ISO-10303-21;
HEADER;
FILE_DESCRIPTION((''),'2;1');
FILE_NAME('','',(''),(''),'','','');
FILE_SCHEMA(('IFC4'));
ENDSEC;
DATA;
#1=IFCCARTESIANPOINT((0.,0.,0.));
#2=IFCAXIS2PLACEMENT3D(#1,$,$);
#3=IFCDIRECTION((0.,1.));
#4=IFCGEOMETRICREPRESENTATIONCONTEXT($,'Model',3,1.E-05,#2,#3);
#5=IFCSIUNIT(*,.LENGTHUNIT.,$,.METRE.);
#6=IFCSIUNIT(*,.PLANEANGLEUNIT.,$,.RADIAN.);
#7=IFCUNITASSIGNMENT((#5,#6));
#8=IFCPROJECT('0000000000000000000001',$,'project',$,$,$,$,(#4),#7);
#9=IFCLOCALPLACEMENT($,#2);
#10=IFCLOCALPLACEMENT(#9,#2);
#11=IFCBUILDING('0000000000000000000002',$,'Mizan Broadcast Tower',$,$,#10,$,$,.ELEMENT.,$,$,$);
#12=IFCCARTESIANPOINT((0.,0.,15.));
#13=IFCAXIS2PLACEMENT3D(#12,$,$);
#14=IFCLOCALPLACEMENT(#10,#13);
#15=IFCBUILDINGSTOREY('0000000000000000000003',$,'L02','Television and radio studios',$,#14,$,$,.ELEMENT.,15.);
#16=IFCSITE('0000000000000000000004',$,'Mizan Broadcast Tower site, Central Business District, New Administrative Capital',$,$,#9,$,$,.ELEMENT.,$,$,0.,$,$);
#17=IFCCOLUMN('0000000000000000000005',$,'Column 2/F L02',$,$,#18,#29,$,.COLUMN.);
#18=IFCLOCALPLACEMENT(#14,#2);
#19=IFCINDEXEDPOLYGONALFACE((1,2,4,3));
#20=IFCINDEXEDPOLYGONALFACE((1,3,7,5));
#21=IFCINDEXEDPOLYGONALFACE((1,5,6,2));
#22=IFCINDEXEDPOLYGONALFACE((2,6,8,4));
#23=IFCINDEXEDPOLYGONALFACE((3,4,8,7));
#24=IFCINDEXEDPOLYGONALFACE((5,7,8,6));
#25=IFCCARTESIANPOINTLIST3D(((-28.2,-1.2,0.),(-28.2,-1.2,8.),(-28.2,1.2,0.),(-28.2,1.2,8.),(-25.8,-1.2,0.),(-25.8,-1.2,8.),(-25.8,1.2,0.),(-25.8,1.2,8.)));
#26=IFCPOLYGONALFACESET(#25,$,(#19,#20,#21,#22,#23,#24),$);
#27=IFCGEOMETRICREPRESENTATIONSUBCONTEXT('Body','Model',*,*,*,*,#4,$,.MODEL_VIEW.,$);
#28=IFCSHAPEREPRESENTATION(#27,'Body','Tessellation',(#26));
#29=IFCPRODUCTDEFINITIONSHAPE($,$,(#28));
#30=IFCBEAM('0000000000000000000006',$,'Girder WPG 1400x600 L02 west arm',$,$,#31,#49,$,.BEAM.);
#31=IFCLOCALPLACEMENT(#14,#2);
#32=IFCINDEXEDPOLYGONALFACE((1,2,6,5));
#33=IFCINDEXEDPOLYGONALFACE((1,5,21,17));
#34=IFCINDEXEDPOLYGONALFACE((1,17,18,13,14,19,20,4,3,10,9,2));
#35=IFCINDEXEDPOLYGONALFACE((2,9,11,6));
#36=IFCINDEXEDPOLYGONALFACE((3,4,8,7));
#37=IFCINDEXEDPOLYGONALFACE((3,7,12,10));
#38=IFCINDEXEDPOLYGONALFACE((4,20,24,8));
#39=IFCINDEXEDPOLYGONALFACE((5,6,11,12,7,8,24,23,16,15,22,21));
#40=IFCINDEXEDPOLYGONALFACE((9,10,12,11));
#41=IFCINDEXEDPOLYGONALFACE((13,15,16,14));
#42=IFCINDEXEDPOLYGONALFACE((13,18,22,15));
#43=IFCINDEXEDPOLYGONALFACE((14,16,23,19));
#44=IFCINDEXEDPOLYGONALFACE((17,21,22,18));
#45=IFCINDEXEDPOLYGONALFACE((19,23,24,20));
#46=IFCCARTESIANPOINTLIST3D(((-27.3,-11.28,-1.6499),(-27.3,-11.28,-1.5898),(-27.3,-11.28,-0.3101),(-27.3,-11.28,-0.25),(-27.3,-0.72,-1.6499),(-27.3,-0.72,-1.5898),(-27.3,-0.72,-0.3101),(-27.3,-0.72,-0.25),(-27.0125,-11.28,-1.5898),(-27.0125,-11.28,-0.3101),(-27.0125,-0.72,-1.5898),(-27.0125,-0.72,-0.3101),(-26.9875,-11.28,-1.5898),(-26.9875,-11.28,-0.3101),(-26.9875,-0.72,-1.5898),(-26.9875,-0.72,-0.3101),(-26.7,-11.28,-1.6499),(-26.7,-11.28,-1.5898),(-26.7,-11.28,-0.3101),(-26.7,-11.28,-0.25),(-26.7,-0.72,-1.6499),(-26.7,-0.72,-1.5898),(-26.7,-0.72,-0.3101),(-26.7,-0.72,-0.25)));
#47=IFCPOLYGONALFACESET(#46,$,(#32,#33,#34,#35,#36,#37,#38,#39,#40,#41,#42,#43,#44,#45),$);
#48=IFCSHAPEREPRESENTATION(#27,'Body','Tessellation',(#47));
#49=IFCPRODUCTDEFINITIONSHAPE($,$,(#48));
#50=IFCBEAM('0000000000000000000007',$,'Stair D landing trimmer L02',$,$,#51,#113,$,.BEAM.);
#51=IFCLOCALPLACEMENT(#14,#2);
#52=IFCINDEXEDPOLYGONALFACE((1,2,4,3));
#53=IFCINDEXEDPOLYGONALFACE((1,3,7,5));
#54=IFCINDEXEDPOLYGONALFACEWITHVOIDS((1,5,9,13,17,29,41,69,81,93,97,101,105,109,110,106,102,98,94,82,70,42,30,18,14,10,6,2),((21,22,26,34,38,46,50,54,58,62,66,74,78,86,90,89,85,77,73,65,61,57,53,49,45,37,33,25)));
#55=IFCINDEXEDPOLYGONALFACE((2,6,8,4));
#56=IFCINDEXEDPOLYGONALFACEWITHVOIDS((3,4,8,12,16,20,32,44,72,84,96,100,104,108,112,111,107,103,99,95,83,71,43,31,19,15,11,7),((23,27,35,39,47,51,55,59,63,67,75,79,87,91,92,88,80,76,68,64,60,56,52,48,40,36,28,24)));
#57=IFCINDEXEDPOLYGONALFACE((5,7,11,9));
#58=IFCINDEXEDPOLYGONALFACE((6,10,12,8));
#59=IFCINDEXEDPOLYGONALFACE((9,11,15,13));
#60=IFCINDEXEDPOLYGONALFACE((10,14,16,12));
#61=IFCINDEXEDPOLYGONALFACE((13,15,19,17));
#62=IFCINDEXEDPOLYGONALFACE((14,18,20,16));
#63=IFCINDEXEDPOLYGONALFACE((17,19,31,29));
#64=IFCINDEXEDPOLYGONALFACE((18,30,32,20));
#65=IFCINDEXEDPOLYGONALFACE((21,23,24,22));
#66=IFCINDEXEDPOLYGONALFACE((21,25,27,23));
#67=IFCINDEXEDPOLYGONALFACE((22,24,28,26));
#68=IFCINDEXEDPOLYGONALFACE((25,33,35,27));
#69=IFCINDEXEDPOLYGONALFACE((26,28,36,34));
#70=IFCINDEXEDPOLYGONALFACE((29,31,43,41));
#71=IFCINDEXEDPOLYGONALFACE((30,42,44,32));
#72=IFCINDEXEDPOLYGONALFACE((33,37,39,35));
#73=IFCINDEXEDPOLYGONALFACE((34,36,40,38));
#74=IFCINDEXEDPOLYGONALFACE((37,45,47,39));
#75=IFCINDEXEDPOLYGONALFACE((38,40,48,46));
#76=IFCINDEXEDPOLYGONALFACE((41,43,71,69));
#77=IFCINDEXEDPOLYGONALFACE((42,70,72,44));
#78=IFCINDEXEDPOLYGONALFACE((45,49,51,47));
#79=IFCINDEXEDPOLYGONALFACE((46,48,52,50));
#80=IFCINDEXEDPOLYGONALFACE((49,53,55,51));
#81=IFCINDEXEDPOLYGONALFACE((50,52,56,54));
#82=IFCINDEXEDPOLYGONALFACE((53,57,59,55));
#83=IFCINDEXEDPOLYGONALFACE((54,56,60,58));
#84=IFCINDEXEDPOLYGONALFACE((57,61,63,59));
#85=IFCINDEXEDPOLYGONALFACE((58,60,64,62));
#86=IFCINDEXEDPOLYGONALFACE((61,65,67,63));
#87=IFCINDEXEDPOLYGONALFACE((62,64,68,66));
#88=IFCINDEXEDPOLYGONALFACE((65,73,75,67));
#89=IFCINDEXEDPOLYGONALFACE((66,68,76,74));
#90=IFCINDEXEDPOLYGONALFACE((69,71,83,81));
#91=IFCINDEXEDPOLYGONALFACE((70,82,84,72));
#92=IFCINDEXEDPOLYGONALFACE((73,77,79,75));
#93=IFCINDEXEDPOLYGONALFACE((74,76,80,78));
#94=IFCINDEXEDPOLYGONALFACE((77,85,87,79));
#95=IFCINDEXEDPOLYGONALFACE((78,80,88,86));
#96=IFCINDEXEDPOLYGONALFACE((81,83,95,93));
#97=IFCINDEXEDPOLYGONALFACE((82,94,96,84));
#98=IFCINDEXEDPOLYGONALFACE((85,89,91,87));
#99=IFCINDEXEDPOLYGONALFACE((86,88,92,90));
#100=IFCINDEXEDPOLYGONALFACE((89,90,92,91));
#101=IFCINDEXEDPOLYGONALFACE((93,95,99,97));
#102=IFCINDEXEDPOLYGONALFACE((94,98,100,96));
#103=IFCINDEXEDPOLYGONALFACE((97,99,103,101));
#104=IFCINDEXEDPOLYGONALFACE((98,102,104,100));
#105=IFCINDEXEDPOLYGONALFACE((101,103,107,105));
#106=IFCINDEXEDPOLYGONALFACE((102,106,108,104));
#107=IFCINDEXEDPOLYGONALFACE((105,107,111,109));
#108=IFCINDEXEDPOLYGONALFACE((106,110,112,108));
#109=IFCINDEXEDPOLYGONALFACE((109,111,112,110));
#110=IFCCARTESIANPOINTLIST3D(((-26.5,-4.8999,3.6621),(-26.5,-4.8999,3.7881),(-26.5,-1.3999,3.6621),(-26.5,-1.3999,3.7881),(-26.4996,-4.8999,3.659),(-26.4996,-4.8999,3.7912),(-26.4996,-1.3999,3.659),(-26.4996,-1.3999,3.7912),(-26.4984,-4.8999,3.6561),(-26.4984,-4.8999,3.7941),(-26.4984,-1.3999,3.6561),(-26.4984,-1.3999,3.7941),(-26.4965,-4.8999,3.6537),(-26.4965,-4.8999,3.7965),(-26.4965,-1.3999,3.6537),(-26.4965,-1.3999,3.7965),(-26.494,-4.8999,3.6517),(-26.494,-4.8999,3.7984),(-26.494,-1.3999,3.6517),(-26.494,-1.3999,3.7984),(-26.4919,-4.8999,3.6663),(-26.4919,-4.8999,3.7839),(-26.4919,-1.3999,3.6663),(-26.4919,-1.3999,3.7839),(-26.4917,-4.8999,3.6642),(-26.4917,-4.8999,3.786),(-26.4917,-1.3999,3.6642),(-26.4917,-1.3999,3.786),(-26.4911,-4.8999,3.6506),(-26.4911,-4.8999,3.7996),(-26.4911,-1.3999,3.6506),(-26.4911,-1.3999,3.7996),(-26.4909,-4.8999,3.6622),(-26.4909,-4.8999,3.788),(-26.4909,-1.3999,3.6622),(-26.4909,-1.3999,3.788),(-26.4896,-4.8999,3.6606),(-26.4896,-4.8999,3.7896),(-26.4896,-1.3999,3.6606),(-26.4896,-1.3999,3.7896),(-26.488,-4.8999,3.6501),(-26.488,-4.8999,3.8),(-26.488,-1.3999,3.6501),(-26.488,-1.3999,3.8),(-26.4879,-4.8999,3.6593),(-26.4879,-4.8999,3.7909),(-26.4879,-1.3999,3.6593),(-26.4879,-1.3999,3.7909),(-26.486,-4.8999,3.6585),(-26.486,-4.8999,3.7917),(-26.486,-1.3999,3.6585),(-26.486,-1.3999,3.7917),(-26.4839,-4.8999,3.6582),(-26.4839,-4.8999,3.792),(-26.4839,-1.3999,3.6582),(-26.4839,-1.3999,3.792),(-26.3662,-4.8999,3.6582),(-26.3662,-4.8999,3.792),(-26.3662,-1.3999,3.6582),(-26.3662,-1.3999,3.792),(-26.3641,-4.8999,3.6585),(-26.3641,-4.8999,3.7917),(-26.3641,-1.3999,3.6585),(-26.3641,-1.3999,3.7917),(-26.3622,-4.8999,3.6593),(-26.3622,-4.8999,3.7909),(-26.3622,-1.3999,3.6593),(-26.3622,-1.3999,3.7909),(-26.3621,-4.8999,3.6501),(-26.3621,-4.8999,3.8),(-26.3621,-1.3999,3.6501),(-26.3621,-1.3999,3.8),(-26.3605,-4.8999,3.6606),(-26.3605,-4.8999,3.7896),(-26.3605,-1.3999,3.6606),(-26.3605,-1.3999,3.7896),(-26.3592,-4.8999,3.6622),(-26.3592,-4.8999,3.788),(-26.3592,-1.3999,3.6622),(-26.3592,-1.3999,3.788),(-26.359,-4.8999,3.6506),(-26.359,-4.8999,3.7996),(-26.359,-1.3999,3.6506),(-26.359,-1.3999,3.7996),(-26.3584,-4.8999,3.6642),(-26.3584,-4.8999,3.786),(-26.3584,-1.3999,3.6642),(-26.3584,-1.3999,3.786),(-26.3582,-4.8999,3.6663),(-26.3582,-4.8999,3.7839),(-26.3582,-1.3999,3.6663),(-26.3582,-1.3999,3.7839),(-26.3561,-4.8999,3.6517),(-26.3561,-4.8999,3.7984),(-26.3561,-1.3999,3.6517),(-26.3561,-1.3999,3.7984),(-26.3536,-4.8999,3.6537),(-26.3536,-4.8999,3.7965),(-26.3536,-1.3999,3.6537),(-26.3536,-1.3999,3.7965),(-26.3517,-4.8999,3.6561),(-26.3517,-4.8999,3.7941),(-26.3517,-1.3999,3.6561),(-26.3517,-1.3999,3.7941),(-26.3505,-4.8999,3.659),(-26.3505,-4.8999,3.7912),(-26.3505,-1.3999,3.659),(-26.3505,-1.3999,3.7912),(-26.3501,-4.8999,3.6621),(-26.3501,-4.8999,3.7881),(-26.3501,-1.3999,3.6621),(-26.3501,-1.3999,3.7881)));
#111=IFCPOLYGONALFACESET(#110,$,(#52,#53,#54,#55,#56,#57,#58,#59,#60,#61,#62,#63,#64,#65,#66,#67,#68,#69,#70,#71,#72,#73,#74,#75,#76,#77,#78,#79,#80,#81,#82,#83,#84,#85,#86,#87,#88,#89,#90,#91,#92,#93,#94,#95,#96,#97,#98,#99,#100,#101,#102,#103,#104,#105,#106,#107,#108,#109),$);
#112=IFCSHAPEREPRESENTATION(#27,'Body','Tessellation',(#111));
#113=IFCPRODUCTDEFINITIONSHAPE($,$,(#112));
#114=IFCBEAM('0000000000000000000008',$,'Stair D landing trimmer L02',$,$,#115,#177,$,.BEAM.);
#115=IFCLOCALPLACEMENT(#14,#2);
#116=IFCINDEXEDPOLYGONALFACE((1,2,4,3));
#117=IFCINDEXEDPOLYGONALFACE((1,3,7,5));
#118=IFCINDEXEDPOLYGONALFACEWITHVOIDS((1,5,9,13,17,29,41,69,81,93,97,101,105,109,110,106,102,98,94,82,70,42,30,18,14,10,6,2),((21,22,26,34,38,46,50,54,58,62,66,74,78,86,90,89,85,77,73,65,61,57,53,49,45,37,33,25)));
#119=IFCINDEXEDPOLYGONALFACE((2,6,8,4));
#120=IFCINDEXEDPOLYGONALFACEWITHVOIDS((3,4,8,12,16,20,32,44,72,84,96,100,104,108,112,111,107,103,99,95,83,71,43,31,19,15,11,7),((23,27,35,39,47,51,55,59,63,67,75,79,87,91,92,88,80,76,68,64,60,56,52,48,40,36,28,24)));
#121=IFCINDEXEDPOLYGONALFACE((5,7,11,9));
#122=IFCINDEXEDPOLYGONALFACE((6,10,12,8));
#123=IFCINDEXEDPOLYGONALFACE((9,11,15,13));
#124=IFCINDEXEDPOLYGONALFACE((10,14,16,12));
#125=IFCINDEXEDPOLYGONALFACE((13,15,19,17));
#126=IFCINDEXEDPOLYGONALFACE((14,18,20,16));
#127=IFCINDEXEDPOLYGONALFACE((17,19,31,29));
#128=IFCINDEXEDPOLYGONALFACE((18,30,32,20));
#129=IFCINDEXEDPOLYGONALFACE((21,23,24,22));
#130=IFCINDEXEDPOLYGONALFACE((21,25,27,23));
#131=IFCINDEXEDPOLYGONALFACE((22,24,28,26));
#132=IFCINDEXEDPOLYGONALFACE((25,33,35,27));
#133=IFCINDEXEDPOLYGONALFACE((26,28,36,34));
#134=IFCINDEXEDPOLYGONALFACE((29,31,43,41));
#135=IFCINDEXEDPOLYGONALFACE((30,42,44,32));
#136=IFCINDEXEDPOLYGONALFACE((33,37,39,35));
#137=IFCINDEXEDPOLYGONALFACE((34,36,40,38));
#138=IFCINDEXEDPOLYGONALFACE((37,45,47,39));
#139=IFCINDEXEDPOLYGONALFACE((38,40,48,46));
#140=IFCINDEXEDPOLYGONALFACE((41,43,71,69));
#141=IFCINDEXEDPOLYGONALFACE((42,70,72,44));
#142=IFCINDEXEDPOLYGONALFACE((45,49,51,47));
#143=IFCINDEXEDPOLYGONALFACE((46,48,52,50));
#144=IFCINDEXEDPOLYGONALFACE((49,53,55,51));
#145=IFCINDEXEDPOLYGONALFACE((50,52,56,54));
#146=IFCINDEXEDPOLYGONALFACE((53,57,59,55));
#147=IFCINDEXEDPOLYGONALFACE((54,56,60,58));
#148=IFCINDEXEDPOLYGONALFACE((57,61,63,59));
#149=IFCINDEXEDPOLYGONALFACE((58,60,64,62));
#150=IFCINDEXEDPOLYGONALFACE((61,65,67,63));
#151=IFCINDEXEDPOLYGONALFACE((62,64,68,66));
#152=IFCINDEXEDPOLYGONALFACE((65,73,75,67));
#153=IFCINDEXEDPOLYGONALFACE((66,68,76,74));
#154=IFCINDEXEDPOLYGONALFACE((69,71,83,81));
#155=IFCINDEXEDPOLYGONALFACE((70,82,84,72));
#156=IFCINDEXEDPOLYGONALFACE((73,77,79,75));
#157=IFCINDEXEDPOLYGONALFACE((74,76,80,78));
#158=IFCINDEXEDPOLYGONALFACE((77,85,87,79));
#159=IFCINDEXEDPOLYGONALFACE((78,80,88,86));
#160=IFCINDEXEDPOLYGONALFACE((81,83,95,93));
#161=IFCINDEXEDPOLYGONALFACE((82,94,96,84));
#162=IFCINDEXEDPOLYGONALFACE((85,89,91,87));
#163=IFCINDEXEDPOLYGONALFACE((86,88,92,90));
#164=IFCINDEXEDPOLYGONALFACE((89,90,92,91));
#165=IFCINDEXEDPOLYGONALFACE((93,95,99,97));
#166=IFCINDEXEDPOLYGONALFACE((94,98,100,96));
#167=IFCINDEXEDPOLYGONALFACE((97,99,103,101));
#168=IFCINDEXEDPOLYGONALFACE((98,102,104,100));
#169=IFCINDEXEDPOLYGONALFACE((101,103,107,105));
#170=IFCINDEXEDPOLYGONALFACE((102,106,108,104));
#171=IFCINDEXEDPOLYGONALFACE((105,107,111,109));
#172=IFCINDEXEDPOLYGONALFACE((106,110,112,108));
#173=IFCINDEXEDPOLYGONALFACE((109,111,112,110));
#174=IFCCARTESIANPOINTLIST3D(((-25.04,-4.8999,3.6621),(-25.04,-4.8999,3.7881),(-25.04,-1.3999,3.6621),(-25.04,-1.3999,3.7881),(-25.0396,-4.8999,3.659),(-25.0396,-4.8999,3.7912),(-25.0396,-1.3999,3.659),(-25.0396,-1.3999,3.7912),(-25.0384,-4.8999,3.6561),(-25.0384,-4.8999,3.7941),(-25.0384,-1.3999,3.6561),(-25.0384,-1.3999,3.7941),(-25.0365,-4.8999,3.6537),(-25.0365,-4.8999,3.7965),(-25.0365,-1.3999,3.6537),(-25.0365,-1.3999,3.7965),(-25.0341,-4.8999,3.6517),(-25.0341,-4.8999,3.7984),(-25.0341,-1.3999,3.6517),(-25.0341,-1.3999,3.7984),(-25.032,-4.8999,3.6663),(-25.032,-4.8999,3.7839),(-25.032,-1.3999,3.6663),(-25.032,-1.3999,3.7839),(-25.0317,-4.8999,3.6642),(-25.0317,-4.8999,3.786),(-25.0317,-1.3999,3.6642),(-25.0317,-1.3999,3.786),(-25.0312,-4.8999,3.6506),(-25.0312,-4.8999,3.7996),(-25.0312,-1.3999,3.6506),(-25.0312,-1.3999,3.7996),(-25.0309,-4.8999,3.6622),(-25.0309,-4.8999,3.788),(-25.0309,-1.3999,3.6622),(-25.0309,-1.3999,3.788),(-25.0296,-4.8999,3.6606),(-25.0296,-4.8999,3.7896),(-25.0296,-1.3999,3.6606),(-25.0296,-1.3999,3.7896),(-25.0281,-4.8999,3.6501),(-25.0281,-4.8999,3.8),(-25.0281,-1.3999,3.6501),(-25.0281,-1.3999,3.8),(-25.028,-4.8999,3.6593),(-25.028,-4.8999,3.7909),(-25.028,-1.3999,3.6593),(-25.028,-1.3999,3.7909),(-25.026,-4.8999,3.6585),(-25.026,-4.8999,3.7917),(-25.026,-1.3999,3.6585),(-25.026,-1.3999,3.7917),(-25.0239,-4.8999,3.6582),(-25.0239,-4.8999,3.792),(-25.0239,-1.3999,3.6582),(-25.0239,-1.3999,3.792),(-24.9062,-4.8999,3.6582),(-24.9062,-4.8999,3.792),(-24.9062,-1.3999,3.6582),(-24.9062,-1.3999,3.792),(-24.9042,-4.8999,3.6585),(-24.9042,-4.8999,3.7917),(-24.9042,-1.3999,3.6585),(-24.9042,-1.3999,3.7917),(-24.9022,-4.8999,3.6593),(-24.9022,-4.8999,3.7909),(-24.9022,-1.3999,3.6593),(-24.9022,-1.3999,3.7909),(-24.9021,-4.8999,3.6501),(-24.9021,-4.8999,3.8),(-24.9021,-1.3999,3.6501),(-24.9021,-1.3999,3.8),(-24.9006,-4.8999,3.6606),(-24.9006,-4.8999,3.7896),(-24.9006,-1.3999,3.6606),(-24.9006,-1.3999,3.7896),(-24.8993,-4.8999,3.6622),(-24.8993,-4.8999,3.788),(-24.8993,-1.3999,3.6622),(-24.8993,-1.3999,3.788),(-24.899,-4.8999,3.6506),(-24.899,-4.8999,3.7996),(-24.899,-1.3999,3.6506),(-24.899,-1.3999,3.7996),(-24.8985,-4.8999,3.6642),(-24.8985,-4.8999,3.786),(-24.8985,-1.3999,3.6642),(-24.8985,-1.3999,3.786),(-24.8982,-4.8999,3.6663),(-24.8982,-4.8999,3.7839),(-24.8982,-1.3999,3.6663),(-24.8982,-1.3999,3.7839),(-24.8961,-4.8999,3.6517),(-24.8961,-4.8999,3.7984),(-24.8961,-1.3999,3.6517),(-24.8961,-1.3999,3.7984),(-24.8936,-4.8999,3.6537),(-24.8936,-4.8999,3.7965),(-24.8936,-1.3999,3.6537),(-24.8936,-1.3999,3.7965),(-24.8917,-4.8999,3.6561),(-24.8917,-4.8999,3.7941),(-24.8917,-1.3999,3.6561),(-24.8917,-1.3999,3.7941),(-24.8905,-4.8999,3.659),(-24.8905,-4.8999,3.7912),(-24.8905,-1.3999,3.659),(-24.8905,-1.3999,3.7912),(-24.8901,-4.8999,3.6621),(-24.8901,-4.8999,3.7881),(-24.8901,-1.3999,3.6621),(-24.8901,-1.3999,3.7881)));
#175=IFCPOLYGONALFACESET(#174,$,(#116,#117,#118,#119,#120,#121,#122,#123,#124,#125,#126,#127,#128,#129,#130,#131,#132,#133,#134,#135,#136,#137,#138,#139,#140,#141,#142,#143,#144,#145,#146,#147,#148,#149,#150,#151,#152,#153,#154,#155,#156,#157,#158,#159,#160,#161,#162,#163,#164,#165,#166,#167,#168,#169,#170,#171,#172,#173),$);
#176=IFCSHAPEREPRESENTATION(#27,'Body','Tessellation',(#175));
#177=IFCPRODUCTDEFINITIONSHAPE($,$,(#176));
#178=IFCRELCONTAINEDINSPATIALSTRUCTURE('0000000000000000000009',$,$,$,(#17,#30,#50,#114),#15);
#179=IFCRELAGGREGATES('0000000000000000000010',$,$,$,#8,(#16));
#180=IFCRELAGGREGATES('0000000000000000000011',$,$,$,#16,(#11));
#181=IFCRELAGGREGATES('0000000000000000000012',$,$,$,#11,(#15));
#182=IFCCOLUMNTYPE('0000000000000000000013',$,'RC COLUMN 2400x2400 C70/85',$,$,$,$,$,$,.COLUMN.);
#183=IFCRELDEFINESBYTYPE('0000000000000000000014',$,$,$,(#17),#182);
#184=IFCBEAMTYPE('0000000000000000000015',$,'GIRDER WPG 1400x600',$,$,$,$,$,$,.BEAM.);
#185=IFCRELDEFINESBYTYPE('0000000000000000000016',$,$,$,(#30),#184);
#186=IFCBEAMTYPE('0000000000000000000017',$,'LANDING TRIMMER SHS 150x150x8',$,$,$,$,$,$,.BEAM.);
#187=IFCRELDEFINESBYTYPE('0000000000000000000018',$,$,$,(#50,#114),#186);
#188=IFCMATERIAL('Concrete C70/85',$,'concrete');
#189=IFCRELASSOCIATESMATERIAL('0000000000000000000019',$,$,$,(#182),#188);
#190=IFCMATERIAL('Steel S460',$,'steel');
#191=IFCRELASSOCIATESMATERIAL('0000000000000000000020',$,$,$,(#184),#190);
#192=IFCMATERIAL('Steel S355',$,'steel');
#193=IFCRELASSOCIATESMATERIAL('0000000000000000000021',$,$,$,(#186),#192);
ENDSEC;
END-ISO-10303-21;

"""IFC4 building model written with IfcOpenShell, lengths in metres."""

from ifc_helpers import new_model, si_unit, direction, frame, origin, origin_2d, place, context, subcontext, project, spatial, rectangle, hollow_rectangle, i_section, extrude, material, material_profile, profile_set, type_object, element, save


model = new_model("IFC4")

# Units and contexts
model_context = context("Model", 3, precision=1e-05, world=origin(), true_north=direction((0.0, 1.0)))
body_context = subcontext(model_context, "Body", "Model", "MODEL_VIEW")
ifc_project = project(units=[si_unit("LENGTHUNIT", "METRE"), si_unit("PLANEANGLEUNIT", "RADIAN")], contexts=[model_context])

# Site, building, storey
site_placement = place(None, origin())
site = spatial("IfcSite", under=ifc_project, at=site_placement, Name="Mizan Broadcast Tower site, Central Business District, New Administrative Capital", CompositionType="ELEMENT", RefElevation=0.0)
building_placement = place(site_placement, origin())
building = spatial("IfcBuilding", under=site, at=building_placement, Name="Mizan Broadcast Tower", CompositionType="ELEMENT")
storey_placement = place(building_placement, frame((0.0, 0.0, 15.0)))
storey = spatial("IfcBuildingStorey", under=building, at=storey_placement, Name="L02", Description="Television and radio studios", CompositionType="ELEMENT", Elevation=15.0)

# Column
ifc_material_1 = material(Name="Concrete C70/85", Category="concrete")
ifc_material_profile_1 = material_profile(ifc_material_1, rectangle(XDim=2.3999, YDim=2.3999, at=origin_2d()), Name="RC 2400x2400")
ifc_profile_set_1 = profile_set([ifc_material_profile_1], Name="Concrete C70/85")
column_type = type_object("IfcColumnType", Name="RC COLUMN 2400x2400 C70/85", PredefinedType="COLUMN", material=ifc_profile_set_1)
column_placement = place(storey_placement, frame((-27.0, 0.0, 0.0), z_axis=(0.0, 0.0, 1.0), x_axis=(1.0, 0.0, 0.0)))
element("IfcColumn", 1, at=column_placement, inside=storey, type_object=column_type, Name="Column 2/F L02", PredefinedType="COLUMN", context=body_context, shape_type="SweptSolid", body=[
    extrude(rectangle(XDim=2.3999, YDim=2.3999, at=origin_2d()), origin(), (0.0, 0.0, 1.0), 8.0),
])

# Beams
ifc_material_2 = material(Name="Steel S460", Category="steel")
ifc_material_profile_2 = material_profile(ifc_material_2, i_section(OverallWidth=0.6001, OverallDepth=1.3999, WebThickness=0.0249, FlangeThickness=0.0601, at=origin_2d()), Name="WPG 1400x600")
ifc_profile_set_2 = profile_set([ifc_material_profile_2], Name="Steel S460")
beam_type_1 = type_object("IfcBeamType", Name="GIRDER WPG 1400x600", PredefinedType="BEAM", material=ifc_profile_set_2)
beam_1_placement = place(storey_placement, frame((-27.0, -0.72, -0.95), z_axis=(0.0, -1.0, 0.0), x_axis=(1.0, 0.0, 0.0)))
element("IfcBeam", 2, at=beam_1_placement, inside=storey, type_object=beam_type_1, Name="Girder WPG 1400x600 L02 west arm", PredefinedType="BEAM", context=body_context, shape_type="SweptSolid", body=[
    extrude(i_section(OverallWidth=0.6001, OverallDepth=1.3999, WebThickness=0.0249, FlangeThickness=0.0601, at=origin_2d()), origin(), (0.0, 0.0, 1.0), 10.5601),
])
ifc_material_3 = material(Name="Steel S355", Category="steel")
ifc_material_profile_3 = material_profile(ifc_material_3, hollow_rectangle(XDim=0.1499, YDim=0.1499, WallThickness=0.0081, InnerFilletRadius=0.0081, OuterFilletRadius=0.012, at=origin_2d()), Name="SHS 150x150x8")
ifc_profile_set_3 = profile_set([ifc_material_profile_3], Name="Steel S355")
beam_type_2 = type_object("IfcBeamType", Name="LANDING TRIMMER SHS 150x150x8", PredefinedType="BEAM", material=ifc_profile_set_3)
for number, where, z_axis, x_axis, name in (
    (3, (-26.425, -1.3999, 3.7251), (0.0, -1.0, 0.0), (1.0, 0.0, 0.0), "Stair D landing trimmer L02"),
    (4, (-24.9651, -1.3999, 3.7251), (0.0, -1.0, 0.0), (1.0, 0.0, 0.0), "Stair D landing trimmer L02"),
):
    element("IfcBeam", number, at=place(storey_placement, frame(where, z_axis=z_axis, x_axis=x_axis)), inside=storey, type_object=beam_type_2, Name=name, PredefinedType="BEAM", context=body_context, shape_type="SweptSolid", body=[
        extrude(hollow_rectangle(XDim=0.1499, YDim=0.1499, WallThickness=0.0081, InnerFilletRadius=0.0081, OuterFilletRadius=0.012, at=origin_2d()), origin(), (0.0, 0.0, 1.0), 3.5),
    ])

save(model, "model.ifc")
